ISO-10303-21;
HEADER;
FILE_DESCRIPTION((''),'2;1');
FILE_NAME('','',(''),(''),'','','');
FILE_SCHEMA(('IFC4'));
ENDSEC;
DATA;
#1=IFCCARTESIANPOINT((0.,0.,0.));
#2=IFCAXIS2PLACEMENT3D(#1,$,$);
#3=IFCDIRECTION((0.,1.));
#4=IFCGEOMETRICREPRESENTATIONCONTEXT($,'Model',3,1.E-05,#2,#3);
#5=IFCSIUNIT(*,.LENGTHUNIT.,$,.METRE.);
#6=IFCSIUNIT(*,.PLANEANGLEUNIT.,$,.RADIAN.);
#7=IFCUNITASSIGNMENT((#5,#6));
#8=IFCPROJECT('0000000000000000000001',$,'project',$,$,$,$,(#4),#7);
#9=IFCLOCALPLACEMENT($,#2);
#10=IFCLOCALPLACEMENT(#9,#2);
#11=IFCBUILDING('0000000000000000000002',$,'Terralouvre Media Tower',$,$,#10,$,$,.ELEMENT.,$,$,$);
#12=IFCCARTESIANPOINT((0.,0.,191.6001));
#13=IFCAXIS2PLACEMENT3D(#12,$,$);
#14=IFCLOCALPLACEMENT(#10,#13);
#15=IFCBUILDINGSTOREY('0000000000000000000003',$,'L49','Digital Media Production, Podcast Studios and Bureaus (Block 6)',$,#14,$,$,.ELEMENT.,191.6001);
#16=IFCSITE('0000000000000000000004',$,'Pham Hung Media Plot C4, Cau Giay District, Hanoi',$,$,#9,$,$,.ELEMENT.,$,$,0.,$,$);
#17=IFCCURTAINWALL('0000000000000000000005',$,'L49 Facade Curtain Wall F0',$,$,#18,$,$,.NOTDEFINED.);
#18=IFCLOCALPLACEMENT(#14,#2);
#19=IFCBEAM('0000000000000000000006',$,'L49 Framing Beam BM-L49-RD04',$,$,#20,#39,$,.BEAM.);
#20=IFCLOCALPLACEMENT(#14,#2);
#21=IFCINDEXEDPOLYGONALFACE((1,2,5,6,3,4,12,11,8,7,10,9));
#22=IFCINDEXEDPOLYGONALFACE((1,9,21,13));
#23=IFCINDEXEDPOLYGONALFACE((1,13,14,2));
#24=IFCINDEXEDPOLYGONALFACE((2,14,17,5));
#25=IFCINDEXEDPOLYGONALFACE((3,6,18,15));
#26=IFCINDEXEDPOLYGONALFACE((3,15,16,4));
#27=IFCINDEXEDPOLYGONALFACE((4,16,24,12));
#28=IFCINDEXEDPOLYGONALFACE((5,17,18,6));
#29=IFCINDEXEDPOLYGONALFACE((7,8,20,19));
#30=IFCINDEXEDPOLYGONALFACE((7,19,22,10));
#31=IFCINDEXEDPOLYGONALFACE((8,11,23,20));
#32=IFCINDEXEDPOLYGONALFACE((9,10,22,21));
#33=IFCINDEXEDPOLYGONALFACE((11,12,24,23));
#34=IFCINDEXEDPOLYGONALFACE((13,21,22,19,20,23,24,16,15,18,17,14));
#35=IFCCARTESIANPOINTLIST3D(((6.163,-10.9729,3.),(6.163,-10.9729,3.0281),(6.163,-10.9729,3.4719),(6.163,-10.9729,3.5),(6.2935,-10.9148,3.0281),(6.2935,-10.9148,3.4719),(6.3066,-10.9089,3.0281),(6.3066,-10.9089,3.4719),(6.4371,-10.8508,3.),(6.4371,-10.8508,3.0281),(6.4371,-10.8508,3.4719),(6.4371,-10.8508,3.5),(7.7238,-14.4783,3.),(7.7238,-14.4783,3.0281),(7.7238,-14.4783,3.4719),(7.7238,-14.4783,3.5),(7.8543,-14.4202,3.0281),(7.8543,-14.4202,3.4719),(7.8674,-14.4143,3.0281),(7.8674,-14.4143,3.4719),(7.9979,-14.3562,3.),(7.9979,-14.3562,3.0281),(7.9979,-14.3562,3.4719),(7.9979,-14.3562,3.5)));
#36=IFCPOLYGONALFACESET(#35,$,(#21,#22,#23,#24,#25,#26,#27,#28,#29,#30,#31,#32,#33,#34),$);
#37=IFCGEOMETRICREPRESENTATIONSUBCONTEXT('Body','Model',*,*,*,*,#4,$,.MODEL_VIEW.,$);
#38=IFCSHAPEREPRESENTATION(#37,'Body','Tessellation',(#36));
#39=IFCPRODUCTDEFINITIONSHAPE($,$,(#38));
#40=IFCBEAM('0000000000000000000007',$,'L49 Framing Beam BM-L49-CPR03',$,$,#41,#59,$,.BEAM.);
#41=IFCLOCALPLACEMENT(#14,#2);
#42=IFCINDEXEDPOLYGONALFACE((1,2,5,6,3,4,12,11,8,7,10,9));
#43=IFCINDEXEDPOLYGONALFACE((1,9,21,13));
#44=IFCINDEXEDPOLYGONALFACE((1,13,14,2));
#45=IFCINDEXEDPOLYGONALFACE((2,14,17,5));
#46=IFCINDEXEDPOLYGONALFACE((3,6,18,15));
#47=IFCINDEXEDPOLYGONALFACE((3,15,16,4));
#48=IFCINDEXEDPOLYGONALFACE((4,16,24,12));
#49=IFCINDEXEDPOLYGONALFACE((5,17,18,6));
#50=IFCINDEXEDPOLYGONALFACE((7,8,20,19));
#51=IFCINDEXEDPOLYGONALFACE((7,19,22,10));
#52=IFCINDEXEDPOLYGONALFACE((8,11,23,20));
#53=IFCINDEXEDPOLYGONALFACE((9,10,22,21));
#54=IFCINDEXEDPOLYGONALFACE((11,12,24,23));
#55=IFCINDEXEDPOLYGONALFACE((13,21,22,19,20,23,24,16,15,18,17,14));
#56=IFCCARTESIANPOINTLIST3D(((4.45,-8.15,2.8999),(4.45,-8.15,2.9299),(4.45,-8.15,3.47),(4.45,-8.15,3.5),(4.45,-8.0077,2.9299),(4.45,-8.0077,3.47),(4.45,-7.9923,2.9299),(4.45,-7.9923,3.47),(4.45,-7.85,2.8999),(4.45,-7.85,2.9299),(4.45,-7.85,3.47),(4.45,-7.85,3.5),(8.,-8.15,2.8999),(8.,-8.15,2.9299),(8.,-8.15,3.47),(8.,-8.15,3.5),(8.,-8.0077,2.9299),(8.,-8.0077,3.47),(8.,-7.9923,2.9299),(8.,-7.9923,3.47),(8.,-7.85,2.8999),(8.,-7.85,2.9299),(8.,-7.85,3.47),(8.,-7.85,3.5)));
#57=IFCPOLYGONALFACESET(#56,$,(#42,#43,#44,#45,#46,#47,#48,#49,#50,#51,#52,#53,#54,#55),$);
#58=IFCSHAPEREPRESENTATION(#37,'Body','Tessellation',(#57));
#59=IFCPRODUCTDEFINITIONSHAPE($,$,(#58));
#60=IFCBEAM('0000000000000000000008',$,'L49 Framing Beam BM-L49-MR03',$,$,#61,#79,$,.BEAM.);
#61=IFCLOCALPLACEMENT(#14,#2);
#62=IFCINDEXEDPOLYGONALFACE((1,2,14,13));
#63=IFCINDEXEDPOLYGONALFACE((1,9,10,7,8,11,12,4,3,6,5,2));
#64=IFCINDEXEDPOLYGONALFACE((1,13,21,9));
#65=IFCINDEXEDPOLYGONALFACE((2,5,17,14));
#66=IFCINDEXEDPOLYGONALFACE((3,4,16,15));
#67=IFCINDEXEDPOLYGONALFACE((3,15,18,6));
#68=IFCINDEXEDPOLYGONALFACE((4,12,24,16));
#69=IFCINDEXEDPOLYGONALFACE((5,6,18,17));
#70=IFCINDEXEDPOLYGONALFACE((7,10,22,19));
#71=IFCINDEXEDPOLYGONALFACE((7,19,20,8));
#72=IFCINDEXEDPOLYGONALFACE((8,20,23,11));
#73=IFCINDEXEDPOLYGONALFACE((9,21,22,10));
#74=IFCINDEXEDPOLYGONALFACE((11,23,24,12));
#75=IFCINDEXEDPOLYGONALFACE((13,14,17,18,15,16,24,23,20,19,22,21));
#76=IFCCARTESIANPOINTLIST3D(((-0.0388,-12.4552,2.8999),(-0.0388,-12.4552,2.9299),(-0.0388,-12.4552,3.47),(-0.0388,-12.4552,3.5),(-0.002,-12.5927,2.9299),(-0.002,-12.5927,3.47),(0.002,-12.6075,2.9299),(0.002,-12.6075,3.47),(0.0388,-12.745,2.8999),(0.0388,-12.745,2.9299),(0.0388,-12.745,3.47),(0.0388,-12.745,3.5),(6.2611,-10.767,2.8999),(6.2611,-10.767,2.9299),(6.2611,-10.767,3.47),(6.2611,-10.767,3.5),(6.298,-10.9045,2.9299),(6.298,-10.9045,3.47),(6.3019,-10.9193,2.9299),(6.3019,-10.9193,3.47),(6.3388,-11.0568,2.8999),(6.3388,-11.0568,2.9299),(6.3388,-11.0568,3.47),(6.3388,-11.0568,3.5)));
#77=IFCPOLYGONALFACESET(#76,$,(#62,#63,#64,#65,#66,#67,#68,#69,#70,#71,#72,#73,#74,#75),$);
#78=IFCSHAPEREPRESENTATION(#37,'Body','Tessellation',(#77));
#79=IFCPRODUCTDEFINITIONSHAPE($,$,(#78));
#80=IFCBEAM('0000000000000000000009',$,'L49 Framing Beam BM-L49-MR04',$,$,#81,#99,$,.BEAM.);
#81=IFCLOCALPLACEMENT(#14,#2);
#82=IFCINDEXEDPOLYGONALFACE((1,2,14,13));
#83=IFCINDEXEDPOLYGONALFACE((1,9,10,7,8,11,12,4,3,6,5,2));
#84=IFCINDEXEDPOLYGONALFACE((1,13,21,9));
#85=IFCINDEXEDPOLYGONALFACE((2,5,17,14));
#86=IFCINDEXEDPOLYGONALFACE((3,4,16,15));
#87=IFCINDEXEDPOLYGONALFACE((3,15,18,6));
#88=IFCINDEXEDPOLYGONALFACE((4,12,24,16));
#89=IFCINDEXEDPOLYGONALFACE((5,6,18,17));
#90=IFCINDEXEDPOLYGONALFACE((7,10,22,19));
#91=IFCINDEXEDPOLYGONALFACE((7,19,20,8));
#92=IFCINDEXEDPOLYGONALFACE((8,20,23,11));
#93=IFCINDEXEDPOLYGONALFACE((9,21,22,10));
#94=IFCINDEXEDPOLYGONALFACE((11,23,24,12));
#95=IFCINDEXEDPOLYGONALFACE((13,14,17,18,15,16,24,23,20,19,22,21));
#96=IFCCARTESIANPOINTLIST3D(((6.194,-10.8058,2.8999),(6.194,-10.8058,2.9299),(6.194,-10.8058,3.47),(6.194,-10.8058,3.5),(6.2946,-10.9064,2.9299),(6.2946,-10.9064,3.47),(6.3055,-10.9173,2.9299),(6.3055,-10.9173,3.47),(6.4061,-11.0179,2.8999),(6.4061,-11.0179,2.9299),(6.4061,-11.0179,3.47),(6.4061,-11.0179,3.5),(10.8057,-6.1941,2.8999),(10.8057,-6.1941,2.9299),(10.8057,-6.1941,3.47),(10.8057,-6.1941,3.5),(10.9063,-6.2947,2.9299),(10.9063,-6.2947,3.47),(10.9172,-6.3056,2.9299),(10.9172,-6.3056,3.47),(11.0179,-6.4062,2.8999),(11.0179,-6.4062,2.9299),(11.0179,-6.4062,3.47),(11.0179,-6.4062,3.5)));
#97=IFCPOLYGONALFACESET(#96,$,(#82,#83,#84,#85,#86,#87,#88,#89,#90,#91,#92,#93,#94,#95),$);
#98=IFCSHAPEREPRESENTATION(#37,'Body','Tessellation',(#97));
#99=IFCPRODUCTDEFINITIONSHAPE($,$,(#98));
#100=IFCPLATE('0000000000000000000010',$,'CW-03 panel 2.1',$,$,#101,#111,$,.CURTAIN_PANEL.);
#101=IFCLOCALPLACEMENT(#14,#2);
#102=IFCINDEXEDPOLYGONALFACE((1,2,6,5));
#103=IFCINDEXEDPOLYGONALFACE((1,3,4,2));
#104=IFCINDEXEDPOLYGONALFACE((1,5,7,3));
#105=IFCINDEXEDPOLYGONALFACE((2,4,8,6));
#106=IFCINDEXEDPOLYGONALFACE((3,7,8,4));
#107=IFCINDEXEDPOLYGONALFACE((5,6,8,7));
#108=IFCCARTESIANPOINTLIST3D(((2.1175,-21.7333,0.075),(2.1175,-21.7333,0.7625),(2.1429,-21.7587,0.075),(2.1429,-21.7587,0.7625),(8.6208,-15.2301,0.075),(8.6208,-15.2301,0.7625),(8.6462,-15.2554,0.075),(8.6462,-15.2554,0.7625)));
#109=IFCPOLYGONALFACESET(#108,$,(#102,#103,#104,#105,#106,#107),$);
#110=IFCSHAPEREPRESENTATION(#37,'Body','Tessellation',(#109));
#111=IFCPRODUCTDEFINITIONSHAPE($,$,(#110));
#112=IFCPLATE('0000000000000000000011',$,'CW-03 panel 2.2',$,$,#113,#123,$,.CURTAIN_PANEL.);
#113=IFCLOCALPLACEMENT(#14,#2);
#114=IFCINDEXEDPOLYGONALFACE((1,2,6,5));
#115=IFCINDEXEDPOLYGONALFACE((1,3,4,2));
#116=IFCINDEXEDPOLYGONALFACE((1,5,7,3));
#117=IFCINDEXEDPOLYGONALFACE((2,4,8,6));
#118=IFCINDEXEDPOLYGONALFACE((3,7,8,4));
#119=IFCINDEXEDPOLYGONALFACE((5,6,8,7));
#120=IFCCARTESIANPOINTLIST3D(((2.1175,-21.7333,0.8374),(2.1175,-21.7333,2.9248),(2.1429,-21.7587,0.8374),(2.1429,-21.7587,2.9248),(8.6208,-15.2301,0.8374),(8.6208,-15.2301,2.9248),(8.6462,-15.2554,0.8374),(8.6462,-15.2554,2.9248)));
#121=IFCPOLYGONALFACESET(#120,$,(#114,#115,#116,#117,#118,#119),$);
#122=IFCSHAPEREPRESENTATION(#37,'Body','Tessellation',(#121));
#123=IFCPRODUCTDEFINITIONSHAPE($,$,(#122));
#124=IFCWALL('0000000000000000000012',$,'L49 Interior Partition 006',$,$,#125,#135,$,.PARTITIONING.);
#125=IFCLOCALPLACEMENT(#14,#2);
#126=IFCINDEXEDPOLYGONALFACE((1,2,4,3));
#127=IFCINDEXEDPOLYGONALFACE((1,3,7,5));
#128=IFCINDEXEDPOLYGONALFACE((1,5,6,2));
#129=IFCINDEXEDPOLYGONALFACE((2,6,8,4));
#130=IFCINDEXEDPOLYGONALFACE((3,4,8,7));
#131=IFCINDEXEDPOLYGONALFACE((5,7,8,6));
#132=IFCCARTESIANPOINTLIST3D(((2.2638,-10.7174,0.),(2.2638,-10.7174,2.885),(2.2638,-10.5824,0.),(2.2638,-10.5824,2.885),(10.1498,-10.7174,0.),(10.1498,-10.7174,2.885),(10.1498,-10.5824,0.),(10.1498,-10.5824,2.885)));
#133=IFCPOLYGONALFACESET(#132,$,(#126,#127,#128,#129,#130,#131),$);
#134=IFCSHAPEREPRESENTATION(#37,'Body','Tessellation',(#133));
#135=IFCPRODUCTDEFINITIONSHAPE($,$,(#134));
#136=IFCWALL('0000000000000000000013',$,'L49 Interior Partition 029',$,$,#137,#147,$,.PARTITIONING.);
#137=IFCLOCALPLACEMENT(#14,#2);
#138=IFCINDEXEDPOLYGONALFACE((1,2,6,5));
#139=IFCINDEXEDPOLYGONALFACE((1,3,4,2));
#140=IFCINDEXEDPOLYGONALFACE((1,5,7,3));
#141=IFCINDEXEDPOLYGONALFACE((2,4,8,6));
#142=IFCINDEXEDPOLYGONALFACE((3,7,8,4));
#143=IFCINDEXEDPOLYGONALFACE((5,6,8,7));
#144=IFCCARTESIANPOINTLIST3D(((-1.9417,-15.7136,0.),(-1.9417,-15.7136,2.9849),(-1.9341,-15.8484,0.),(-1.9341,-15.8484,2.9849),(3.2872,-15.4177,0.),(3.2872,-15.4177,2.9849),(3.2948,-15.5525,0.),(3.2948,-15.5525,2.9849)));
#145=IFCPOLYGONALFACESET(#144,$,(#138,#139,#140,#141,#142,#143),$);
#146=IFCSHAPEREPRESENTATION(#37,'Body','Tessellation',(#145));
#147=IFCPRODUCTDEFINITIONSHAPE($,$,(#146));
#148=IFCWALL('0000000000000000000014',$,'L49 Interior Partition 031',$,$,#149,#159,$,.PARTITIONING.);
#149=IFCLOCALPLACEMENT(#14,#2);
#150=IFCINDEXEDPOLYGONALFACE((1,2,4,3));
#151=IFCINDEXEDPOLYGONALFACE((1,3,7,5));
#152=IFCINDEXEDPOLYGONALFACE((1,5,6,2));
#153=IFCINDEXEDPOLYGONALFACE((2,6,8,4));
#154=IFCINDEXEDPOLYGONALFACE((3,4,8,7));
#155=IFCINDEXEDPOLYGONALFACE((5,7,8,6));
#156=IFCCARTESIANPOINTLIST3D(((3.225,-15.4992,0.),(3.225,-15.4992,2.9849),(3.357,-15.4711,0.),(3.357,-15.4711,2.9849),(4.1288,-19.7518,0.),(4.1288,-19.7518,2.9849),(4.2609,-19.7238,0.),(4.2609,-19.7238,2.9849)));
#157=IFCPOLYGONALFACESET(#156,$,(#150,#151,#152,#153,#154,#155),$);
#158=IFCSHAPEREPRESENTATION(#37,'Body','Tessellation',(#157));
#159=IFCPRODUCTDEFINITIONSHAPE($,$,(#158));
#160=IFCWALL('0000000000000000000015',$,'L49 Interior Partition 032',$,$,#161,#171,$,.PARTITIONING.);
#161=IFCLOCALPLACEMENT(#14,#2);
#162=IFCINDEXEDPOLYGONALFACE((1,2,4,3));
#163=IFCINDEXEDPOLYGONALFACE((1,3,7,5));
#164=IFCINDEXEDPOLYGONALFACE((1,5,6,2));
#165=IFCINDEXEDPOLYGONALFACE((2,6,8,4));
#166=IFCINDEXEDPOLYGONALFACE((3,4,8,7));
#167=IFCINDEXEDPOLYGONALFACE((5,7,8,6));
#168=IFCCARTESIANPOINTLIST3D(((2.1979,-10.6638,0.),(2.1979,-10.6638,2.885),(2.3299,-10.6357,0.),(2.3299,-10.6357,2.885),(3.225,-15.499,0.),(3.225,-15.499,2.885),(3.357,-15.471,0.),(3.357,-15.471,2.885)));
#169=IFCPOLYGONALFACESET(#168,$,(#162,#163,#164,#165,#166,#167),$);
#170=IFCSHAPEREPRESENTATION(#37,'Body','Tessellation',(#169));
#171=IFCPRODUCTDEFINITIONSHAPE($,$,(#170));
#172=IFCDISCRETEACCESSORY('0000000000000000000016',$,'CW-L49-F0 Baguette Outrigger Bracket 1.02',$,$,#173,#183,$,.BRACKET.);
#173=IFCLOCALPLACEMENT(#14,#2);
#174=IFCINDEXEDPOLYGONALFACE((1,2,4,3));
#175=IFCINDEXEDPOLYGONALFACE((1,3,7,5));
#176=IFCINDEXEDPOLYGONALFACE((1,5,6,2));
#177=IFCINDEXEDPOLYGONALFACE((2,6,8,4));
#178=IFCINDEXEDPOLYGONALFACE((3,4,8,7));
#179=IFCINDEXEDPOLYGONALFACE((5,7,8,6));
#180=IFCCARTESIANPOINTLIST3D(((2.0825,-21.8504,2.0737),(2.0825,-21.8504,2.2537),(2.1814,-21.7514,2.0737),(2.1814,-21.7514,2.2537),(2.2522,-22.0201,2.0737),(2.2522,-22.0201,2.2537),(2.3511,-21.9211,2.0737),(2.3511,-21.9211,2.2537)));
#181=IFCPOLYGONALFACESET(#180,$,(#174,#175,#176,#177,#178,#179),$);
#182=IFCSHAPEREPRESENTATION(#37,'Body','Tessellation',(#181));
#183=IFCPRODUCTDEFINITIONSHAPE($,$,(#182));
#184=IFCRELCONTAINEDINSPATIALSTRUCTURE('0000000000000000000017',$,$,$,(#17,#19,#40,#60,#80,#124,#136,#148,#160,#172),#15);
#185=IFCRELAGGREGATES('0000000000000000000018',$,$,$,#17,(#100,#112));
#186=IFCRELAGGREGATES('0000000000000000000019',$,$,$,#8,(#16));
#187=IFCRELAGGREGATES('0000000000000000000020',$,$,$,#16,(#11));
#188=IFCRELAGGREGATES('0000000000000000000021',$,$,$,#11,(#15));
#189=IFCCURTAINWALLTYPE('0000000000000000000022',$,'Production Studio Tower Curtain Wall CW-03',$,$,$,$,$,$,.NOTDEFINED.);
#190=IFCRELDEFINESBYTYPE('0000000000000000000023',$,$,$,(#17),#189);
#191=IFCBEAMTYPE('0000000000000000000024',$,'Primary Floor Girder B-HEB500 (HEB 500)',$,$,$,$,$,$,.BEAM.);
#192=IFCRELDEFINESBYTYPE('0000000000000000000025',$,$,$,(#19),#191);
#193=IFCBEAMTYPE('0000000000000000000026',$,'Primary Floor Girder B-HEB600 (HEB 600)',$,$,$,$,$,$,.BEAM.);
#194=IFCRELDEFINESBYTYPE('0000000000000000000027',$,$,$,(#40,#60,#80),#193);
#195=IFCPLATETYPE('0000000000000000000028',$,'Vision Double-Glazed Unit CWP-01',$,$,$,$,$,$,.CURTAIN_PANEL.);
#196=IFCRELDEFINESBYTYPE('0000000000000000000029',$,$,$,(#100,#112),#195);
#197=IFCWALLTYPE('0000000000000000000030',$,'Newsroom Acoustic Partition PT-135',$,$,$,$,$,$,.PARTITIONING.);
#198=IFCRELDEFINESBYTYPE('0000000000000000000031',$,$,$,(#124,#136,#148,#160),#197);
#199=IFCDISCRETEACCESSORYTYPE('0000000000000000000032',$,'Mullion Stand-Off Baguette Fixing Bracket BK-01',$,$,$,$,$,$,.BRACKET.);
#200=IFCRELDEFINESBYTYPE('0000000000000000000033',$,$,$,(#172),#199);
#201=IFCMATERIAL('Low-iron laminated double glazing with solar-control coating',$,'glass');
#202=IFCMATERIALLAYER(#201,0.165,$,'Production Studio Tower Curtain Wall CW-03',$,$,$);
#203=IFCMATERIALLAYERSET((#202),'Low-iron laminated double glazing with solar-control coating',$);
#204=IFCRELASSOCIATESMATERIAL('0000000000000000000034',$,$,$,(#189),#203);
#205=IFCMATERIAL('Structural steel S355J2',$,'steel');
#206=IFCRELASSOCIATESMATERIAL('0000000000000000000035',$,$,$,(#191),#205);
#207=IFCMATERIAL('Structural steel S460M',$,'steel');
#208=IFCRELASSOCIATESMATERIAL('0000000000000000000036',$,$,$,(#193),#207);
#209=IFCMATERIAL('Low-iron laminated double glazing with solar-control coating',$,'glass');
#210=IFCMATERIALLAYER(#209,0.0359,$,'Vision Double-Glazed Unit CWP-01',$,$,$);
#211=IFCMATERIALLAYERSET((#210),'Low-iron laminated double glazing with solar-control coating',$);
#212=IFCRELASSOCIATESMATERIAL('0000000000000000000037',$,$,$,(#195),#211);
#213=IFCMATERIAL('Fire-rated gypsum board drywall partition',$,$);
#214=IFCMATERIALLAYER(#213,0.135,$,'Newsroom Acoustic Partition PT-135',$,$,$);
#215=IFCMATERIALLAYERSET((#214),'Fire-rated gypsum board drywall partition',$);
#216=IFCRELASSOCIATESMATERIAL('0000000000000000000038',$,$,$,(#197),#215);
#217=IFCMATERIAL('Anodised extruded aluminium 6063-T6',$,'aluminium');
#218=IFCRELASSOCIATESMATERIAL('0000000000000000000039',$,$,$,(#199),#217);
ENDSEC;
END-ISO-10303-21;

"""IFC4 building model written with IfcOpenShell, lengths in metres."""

from ifc_helpers import new_model, si_unit, direction, frame, frame_2d, origin, origin_2d, place, context, subcontext, project, spatial, rectangle, i_section, extrude, material, layer, layer_set, material_profile, profile_set, type_object, element, aggregate, save


model = new_model("IFC4")

# Units and contexts
model_context = context("Model", 3, precision=1e-05, world=origin(), true_north=direction((0.0, 1.0)))
body_context = subcontext(model_context, "Body", "Model", "MODEL_VIEW")
ifc_project = project(units=[si_unit("LENGTHUNIT", "METRE"), si_unit("PLANEANGLEUNIT", "RADIAN")], contexts=[model_context])

# Site, building, storey
site_placement = place(None, origin())
site = spatial("IfcSite", under=ifc_project, at=site_placement, Name="Pham Hung Media Plot C4, Cau Giay District, Hanoi", CompositionType="ELEMENT", RefElevation=0.0)
building_placement = place(site_placement, origin())
building = spatial("IfcBuilding", under=site, at=building_placement, Name="Terralouvre Media Tower", CompositionType="ELEMENT")
storey_placement = place(building_placement, frame((0.0, 0.0, 191.6001)))
storey = spatial("IfcBuildingStorey", under=building, at=storey_placement, Name="L49", Description="Digital Media Production, Podcast Studios and Bureaus (Block 6)", CompositionType="ELEMENT", Elevation=191.6001)

# Curtain wall
ifc_material_1 = material(Name="Low-iron laminated double glazing with solar-control coating", Category="glass")
ifc_layer_1 = layer(ifc_material_1, 0.165, Name="Production Studio Tower Curtain Wall CW-03")
ifc_layer_set_1 = layer_set([ifc_layer_1], Name="Low-iron laminated double glazing with solar-control coating")
curtain_wall_type = type_object("IfcCurtainWallType", Name="Production Studio Tower Curtain Wall CW-03", PredefinedType="NOTDEFINED", material=ifc_layer_set_1)
curtain_wall_placement = place(storey_placement, origin())
curtain_wall = element("IfcCurtainWall", 1, at=curtain_wall_placement, inside=storey, type_object=curtain_wall_type, Name="L49 Facade Curtain Wall F0", PredefinedType="NOTDEFINED")

# Beams
ifc_material_2 = material(Name="Structural steel S355J2", Category="steel")
ifc_material_profile_1 = material_profile(ifc_material_2, i_section(OverallWidth=0.3, OverallDepth=0.5, WebThickness=0.0144, FlangeThickness=0.0281, at=origin_2d()), Name="HEB 500")
ifc_profile_set_1 = profile_set([ifc_material_profile_1], Name="Structural steel S355J2")
beam_type_1 = type_object("IfcBeamType", Name="Primary Floor Girder B-HEB500 (HEB 500)", PredefinedType="BEAM", material=ifc_profile_set_1)
beam_1_placement = place(storey_placement, frame((6.3, -10.9119, 3.25), z_axis=(0.406758, -0.913536, 0.0), x_axis=(0.913536, 0.406758, 0.0)))
element("IfcBeam", 2, at=beam_1_placement, inside=storey, type_object=beam_type_1, Name="L49 Framing Beam BM-L49-RD04", PredefinedType="BEAM", context=body_context, shape_type="SweptSolid", body=[
    extrude(i_section(OverallWidth=0.3, OverallDepth=0.5, WebThickness=0.0144, FlangeThickness=0.0281, at=origin_2d()), origin(), (0.0, 0.0, 1.0), 3.8372),
])
ifc_material_3 = material(Name="Structural steel S460M", Category="steel")
ifc_material_profile_2 = material_profile(ifc_material_3, i_section(OverallWidth=0.3, OverallDepth=0.6001, WebThickness=0.0154, FlangeThickness=0.03, at=origin_2d()), Name="HEB 600")
ifc_profile_set_2 = profile_set([ifc_material_profile_2], Name="Structural steel S460M")
beam_type_2 = type_object("IfcBeamType", Name="Primary Floor Girder B-HEB600 (HEB 600)", PredefinedType="BEAM", material=ifc_profile_set_2)
beam_2_placement = place(storey_placement, frame((4.45, -8.0, 3.2), z_axis=(1.0, 0.0, 0.0), x_axis=(0.0, 1.0, 0.0)))
element("IfcBeam", 3, at=beam_2_placement, inside=storey, type_object=beam_type_2, Name="L49 Framing Beam BM-L49-CPR03", PredefinedType="BEAM", context=body_context, shape_type="SweptSolid", body=[
    extrude(i_section(OverallWidth=0.3, OverallDepth=0.6001, WebThickness=0.0154, FlangeThickness=0.03, at=origin_2d()), origin(), (0.0, 0.0, 1.0), 3.55),
])
beam_3_placement = place(storey_placement, frame((0.0, -12.6001, 3.2), z_axis=(0.96592, 0.258839, 0.0), x_axis=(-0.258839, 0.96592, 0.0)))
element("IfcBeam", 4, at=beam_3_placement, inside=storey, type_object=beam_type_2, Name="L49 Framing Beam BM-L49-MR03", PredefinedType="BEAM", context=body_context, shape_type="SweptSolid", body=[
    extrude(i_section(OverallWidth=0.3, OverallDepth=0.6001, WebThickness=0.0154, FlangeThickness=0.03, at=origin_2d()), origin(), (0.0, 0.0, 1.0), 6.5222),
])
beam_4_placement = place(storey_placement, frame((6.3, -10.9119, 3.2), z_axis=(0.707107, 0.707107, 0.0), x_axis=(-0.707107, 0.707107, 0.0)))
element("IfcBeam", 5, at=beam_4_placement, inside=storey, type_object=beam_type_2, Name="L49 Framing Beam BM-L49-MR04", PredefinedType="BEAM", context=body_context, shape_type="SweptSolid", body=[
    extrude(i_section(OverallWidth=0.3, OverallDepth=0.6001, WebThickness=0.0154, FlangeThickness=0.03, at=origin_2d()), origin(), (0.0, 0.0, 1.0), 6.522),
])

# Plates
ifc_material_4 = material(Name="Low-iron laminated double glazing with solar-control coating", Category="glass")
ifc_layer_2 = layer(ifc_material_4, 0.0359, Name="Vision Double-Glazed Unit CWP-01")
ifc_layer_set_2 = layer_set([ifc_layer_2], Name="Low-iron laminated double glazing with solar-control coating")
plate_type = type_object("IfcPlateType", Name="Vision Double-Glazed Unit CWP-01", PredefinedType="CURTAIN_PANEL", material=ifc_layer_set_2)
plate_1_placement = place(storey_placement, frame((5.3818, -18.4944, 0.075), z_axis=(0.0, 0.0, 1.0), x_axis=(0.707107, 0.707107, 0.0)))
plate_1 = element("IfcPlate", 6, at=plate_1_placement, type_object=plate_type, Name="CW-03 panel 2.1", PredefinedType="CURTAIN_PANEL", context=body_context, shape_type="SweptSolid", body=[
    extrude(rectangle(XDim=9.197, YDim=0.0359, at=origin_2d()), origin(), (0.0, 0.0, 1.0), 0.6875),
])
plate_2_placement = place(storey_placement, frame((5.3818, -18.4944, 0.8374), z_axis=(0.0, 0.0, 1.0), x_axis=(0.707107, 0.707107, 0.0)))
plate_2 = element("IfcPlate", 7, at=plate_2_placement, type_object=plate_type, Name="CW-03 panel 2.2", PredefinedType="CURTAIN_PANEL", context=body_context, shape_type="SweptSolid", body=[
    extrude(rectangle(XDim=9.197, YDim=0.0359, at=origin_2d()), origin(), (0.0, 0.0, 1.0), 2.0874),
])
aggregate(curtain_wall, [plate_1, plate_2])

# Walls
ifc_material_5 = material(Name="Fire-rated gypsum board drywall partition")
ifc_layer_3 = layer(ifc_material_5, 0.135, Name="Newsroom Acoustic Partition PT-135")
ifc_layer_set_3 = layer_set([ifc_layer_3], Name="Fire-rated gypsum board drywall partition")
wall_type = type_object("IfcWallType", Name="Newsroom Acoustic Partition PT-135", PredefinedType="PARTITIONING", material=ifc_layer_set_3)
wall_1_placement = place(storey_placement, frame((2.2639, -10.6499, 0.0), z_axis=(0.0, 0.0, 1.0), x_axis=(1.0, 0.0, 0.0)))
element("IfcWall", 8, at=wall_1_placement, inside=storey, type_object=wall_type, Name="L49 Interior Partition 006", PredefinedType="PARTITIONING", context=body_context, shape_type="SweptSolid", body=[
    extrude(rectangle(XDim=7.886, YDim=0.135, at=frame_2d((3.9429, 0.0))), origin(), (0.0, 0.0, 1.0), 2.885),
])
wall_2_placement = place(storey_placement, frame((3.291, -15.4851, 0.0), z_axis=(0.0, 0.0, 1.0), x_axis=(-0.998403, -0.056498, 0.0)))
element("IfcWall", 9, at=wall_2_placement, inside=storey, type_object=wall_type, Name="L49 Interior Partition 029", PredefinedType="PARTITIONING", context=body_context, shape_type="SweptSolid", body=[
    extrude(rectangle(XDim=5.2373, YDim=0.135, at=frame_2d((2.6187, 0.0))), origin(), (0.0, 0.0, 1.0), 2.9849),
])
wall_3_placement = place(storey_placement, frame((4.1948, -19.7378, 0.0), z_axis=(0.0, 0.0, 1.0), x_axis=(-0.207884, 0.978154, 0.0)))
element("IfcWall", 10, at=wall_3_placement, inside=storey, type_object=wall_type, Name="L49 Interior Partition 031", PredefinedType="PARTITIONING", context=body_context, shape_type="SweptSolid", body=[
    extrude(rectangle(XDim=4.3477, YDim=0.135, at=frame_2d((2.1738, 0.0))), origin(), (0.0, 0.0, 1.0), 2.9849),
])
wall_4_placement = place(storey_placement, frame((3.291, -15.4851, 0.0), z_axis=(0.0, 0.0, 1.0), x_axis=(-0.207785, 0.978175, 0.0)))
element("IfcWall", 11, at=wall_4_placement, inside=storey, type_object=wall_type, Name="L49 Interior Partition 032", PredefinedType="PARTITIONING", context=body_context, shape_type="SweptSolid", body=[
    extrude(rectangle(XDim=4.9431, YDim=0.135, at=frame_2d((2.4717, 0.0))), origin(), (0.0, 0.0, 1.0), 2.885),
])

# Discrete accessory
ifc_material_6 = material(Name="Anodised extruded aluminium 6063-T6", Category="aluminium")
discrete_accessory_type = type_object("IfcDiscreteAccessoryType", Name="Mullion Stand-Off Baguette Fixing Bracket BK-01", PredefinedType="BRACKET", material=ifc_material_6)
discrete_accessory_placement = place(storey_placement, frame((2.2168, -21.8857, 2.0737), z_axis=(0.0, 0.0, 1.0), x_axis=(0.707107, 0.707107, 0.0)))
element("IfcDiscreteAccessory", 12, at=discrete_accessory_placement, inside=storey, type_object=discrete_accessory_type, Name="CW-L49-F0 Baguette Outrigger Bracket 1.02", PredefinedType="BRACKET", context=body_context, shape_type="SweptSolid", body=[
    extrude(rectangle(XDim=0.1399, YDim=0.24, at=origin_2d()), origin(), (0.0, 0.0, 1.0), 0.1799),
])

save(model, "model.ifc")
